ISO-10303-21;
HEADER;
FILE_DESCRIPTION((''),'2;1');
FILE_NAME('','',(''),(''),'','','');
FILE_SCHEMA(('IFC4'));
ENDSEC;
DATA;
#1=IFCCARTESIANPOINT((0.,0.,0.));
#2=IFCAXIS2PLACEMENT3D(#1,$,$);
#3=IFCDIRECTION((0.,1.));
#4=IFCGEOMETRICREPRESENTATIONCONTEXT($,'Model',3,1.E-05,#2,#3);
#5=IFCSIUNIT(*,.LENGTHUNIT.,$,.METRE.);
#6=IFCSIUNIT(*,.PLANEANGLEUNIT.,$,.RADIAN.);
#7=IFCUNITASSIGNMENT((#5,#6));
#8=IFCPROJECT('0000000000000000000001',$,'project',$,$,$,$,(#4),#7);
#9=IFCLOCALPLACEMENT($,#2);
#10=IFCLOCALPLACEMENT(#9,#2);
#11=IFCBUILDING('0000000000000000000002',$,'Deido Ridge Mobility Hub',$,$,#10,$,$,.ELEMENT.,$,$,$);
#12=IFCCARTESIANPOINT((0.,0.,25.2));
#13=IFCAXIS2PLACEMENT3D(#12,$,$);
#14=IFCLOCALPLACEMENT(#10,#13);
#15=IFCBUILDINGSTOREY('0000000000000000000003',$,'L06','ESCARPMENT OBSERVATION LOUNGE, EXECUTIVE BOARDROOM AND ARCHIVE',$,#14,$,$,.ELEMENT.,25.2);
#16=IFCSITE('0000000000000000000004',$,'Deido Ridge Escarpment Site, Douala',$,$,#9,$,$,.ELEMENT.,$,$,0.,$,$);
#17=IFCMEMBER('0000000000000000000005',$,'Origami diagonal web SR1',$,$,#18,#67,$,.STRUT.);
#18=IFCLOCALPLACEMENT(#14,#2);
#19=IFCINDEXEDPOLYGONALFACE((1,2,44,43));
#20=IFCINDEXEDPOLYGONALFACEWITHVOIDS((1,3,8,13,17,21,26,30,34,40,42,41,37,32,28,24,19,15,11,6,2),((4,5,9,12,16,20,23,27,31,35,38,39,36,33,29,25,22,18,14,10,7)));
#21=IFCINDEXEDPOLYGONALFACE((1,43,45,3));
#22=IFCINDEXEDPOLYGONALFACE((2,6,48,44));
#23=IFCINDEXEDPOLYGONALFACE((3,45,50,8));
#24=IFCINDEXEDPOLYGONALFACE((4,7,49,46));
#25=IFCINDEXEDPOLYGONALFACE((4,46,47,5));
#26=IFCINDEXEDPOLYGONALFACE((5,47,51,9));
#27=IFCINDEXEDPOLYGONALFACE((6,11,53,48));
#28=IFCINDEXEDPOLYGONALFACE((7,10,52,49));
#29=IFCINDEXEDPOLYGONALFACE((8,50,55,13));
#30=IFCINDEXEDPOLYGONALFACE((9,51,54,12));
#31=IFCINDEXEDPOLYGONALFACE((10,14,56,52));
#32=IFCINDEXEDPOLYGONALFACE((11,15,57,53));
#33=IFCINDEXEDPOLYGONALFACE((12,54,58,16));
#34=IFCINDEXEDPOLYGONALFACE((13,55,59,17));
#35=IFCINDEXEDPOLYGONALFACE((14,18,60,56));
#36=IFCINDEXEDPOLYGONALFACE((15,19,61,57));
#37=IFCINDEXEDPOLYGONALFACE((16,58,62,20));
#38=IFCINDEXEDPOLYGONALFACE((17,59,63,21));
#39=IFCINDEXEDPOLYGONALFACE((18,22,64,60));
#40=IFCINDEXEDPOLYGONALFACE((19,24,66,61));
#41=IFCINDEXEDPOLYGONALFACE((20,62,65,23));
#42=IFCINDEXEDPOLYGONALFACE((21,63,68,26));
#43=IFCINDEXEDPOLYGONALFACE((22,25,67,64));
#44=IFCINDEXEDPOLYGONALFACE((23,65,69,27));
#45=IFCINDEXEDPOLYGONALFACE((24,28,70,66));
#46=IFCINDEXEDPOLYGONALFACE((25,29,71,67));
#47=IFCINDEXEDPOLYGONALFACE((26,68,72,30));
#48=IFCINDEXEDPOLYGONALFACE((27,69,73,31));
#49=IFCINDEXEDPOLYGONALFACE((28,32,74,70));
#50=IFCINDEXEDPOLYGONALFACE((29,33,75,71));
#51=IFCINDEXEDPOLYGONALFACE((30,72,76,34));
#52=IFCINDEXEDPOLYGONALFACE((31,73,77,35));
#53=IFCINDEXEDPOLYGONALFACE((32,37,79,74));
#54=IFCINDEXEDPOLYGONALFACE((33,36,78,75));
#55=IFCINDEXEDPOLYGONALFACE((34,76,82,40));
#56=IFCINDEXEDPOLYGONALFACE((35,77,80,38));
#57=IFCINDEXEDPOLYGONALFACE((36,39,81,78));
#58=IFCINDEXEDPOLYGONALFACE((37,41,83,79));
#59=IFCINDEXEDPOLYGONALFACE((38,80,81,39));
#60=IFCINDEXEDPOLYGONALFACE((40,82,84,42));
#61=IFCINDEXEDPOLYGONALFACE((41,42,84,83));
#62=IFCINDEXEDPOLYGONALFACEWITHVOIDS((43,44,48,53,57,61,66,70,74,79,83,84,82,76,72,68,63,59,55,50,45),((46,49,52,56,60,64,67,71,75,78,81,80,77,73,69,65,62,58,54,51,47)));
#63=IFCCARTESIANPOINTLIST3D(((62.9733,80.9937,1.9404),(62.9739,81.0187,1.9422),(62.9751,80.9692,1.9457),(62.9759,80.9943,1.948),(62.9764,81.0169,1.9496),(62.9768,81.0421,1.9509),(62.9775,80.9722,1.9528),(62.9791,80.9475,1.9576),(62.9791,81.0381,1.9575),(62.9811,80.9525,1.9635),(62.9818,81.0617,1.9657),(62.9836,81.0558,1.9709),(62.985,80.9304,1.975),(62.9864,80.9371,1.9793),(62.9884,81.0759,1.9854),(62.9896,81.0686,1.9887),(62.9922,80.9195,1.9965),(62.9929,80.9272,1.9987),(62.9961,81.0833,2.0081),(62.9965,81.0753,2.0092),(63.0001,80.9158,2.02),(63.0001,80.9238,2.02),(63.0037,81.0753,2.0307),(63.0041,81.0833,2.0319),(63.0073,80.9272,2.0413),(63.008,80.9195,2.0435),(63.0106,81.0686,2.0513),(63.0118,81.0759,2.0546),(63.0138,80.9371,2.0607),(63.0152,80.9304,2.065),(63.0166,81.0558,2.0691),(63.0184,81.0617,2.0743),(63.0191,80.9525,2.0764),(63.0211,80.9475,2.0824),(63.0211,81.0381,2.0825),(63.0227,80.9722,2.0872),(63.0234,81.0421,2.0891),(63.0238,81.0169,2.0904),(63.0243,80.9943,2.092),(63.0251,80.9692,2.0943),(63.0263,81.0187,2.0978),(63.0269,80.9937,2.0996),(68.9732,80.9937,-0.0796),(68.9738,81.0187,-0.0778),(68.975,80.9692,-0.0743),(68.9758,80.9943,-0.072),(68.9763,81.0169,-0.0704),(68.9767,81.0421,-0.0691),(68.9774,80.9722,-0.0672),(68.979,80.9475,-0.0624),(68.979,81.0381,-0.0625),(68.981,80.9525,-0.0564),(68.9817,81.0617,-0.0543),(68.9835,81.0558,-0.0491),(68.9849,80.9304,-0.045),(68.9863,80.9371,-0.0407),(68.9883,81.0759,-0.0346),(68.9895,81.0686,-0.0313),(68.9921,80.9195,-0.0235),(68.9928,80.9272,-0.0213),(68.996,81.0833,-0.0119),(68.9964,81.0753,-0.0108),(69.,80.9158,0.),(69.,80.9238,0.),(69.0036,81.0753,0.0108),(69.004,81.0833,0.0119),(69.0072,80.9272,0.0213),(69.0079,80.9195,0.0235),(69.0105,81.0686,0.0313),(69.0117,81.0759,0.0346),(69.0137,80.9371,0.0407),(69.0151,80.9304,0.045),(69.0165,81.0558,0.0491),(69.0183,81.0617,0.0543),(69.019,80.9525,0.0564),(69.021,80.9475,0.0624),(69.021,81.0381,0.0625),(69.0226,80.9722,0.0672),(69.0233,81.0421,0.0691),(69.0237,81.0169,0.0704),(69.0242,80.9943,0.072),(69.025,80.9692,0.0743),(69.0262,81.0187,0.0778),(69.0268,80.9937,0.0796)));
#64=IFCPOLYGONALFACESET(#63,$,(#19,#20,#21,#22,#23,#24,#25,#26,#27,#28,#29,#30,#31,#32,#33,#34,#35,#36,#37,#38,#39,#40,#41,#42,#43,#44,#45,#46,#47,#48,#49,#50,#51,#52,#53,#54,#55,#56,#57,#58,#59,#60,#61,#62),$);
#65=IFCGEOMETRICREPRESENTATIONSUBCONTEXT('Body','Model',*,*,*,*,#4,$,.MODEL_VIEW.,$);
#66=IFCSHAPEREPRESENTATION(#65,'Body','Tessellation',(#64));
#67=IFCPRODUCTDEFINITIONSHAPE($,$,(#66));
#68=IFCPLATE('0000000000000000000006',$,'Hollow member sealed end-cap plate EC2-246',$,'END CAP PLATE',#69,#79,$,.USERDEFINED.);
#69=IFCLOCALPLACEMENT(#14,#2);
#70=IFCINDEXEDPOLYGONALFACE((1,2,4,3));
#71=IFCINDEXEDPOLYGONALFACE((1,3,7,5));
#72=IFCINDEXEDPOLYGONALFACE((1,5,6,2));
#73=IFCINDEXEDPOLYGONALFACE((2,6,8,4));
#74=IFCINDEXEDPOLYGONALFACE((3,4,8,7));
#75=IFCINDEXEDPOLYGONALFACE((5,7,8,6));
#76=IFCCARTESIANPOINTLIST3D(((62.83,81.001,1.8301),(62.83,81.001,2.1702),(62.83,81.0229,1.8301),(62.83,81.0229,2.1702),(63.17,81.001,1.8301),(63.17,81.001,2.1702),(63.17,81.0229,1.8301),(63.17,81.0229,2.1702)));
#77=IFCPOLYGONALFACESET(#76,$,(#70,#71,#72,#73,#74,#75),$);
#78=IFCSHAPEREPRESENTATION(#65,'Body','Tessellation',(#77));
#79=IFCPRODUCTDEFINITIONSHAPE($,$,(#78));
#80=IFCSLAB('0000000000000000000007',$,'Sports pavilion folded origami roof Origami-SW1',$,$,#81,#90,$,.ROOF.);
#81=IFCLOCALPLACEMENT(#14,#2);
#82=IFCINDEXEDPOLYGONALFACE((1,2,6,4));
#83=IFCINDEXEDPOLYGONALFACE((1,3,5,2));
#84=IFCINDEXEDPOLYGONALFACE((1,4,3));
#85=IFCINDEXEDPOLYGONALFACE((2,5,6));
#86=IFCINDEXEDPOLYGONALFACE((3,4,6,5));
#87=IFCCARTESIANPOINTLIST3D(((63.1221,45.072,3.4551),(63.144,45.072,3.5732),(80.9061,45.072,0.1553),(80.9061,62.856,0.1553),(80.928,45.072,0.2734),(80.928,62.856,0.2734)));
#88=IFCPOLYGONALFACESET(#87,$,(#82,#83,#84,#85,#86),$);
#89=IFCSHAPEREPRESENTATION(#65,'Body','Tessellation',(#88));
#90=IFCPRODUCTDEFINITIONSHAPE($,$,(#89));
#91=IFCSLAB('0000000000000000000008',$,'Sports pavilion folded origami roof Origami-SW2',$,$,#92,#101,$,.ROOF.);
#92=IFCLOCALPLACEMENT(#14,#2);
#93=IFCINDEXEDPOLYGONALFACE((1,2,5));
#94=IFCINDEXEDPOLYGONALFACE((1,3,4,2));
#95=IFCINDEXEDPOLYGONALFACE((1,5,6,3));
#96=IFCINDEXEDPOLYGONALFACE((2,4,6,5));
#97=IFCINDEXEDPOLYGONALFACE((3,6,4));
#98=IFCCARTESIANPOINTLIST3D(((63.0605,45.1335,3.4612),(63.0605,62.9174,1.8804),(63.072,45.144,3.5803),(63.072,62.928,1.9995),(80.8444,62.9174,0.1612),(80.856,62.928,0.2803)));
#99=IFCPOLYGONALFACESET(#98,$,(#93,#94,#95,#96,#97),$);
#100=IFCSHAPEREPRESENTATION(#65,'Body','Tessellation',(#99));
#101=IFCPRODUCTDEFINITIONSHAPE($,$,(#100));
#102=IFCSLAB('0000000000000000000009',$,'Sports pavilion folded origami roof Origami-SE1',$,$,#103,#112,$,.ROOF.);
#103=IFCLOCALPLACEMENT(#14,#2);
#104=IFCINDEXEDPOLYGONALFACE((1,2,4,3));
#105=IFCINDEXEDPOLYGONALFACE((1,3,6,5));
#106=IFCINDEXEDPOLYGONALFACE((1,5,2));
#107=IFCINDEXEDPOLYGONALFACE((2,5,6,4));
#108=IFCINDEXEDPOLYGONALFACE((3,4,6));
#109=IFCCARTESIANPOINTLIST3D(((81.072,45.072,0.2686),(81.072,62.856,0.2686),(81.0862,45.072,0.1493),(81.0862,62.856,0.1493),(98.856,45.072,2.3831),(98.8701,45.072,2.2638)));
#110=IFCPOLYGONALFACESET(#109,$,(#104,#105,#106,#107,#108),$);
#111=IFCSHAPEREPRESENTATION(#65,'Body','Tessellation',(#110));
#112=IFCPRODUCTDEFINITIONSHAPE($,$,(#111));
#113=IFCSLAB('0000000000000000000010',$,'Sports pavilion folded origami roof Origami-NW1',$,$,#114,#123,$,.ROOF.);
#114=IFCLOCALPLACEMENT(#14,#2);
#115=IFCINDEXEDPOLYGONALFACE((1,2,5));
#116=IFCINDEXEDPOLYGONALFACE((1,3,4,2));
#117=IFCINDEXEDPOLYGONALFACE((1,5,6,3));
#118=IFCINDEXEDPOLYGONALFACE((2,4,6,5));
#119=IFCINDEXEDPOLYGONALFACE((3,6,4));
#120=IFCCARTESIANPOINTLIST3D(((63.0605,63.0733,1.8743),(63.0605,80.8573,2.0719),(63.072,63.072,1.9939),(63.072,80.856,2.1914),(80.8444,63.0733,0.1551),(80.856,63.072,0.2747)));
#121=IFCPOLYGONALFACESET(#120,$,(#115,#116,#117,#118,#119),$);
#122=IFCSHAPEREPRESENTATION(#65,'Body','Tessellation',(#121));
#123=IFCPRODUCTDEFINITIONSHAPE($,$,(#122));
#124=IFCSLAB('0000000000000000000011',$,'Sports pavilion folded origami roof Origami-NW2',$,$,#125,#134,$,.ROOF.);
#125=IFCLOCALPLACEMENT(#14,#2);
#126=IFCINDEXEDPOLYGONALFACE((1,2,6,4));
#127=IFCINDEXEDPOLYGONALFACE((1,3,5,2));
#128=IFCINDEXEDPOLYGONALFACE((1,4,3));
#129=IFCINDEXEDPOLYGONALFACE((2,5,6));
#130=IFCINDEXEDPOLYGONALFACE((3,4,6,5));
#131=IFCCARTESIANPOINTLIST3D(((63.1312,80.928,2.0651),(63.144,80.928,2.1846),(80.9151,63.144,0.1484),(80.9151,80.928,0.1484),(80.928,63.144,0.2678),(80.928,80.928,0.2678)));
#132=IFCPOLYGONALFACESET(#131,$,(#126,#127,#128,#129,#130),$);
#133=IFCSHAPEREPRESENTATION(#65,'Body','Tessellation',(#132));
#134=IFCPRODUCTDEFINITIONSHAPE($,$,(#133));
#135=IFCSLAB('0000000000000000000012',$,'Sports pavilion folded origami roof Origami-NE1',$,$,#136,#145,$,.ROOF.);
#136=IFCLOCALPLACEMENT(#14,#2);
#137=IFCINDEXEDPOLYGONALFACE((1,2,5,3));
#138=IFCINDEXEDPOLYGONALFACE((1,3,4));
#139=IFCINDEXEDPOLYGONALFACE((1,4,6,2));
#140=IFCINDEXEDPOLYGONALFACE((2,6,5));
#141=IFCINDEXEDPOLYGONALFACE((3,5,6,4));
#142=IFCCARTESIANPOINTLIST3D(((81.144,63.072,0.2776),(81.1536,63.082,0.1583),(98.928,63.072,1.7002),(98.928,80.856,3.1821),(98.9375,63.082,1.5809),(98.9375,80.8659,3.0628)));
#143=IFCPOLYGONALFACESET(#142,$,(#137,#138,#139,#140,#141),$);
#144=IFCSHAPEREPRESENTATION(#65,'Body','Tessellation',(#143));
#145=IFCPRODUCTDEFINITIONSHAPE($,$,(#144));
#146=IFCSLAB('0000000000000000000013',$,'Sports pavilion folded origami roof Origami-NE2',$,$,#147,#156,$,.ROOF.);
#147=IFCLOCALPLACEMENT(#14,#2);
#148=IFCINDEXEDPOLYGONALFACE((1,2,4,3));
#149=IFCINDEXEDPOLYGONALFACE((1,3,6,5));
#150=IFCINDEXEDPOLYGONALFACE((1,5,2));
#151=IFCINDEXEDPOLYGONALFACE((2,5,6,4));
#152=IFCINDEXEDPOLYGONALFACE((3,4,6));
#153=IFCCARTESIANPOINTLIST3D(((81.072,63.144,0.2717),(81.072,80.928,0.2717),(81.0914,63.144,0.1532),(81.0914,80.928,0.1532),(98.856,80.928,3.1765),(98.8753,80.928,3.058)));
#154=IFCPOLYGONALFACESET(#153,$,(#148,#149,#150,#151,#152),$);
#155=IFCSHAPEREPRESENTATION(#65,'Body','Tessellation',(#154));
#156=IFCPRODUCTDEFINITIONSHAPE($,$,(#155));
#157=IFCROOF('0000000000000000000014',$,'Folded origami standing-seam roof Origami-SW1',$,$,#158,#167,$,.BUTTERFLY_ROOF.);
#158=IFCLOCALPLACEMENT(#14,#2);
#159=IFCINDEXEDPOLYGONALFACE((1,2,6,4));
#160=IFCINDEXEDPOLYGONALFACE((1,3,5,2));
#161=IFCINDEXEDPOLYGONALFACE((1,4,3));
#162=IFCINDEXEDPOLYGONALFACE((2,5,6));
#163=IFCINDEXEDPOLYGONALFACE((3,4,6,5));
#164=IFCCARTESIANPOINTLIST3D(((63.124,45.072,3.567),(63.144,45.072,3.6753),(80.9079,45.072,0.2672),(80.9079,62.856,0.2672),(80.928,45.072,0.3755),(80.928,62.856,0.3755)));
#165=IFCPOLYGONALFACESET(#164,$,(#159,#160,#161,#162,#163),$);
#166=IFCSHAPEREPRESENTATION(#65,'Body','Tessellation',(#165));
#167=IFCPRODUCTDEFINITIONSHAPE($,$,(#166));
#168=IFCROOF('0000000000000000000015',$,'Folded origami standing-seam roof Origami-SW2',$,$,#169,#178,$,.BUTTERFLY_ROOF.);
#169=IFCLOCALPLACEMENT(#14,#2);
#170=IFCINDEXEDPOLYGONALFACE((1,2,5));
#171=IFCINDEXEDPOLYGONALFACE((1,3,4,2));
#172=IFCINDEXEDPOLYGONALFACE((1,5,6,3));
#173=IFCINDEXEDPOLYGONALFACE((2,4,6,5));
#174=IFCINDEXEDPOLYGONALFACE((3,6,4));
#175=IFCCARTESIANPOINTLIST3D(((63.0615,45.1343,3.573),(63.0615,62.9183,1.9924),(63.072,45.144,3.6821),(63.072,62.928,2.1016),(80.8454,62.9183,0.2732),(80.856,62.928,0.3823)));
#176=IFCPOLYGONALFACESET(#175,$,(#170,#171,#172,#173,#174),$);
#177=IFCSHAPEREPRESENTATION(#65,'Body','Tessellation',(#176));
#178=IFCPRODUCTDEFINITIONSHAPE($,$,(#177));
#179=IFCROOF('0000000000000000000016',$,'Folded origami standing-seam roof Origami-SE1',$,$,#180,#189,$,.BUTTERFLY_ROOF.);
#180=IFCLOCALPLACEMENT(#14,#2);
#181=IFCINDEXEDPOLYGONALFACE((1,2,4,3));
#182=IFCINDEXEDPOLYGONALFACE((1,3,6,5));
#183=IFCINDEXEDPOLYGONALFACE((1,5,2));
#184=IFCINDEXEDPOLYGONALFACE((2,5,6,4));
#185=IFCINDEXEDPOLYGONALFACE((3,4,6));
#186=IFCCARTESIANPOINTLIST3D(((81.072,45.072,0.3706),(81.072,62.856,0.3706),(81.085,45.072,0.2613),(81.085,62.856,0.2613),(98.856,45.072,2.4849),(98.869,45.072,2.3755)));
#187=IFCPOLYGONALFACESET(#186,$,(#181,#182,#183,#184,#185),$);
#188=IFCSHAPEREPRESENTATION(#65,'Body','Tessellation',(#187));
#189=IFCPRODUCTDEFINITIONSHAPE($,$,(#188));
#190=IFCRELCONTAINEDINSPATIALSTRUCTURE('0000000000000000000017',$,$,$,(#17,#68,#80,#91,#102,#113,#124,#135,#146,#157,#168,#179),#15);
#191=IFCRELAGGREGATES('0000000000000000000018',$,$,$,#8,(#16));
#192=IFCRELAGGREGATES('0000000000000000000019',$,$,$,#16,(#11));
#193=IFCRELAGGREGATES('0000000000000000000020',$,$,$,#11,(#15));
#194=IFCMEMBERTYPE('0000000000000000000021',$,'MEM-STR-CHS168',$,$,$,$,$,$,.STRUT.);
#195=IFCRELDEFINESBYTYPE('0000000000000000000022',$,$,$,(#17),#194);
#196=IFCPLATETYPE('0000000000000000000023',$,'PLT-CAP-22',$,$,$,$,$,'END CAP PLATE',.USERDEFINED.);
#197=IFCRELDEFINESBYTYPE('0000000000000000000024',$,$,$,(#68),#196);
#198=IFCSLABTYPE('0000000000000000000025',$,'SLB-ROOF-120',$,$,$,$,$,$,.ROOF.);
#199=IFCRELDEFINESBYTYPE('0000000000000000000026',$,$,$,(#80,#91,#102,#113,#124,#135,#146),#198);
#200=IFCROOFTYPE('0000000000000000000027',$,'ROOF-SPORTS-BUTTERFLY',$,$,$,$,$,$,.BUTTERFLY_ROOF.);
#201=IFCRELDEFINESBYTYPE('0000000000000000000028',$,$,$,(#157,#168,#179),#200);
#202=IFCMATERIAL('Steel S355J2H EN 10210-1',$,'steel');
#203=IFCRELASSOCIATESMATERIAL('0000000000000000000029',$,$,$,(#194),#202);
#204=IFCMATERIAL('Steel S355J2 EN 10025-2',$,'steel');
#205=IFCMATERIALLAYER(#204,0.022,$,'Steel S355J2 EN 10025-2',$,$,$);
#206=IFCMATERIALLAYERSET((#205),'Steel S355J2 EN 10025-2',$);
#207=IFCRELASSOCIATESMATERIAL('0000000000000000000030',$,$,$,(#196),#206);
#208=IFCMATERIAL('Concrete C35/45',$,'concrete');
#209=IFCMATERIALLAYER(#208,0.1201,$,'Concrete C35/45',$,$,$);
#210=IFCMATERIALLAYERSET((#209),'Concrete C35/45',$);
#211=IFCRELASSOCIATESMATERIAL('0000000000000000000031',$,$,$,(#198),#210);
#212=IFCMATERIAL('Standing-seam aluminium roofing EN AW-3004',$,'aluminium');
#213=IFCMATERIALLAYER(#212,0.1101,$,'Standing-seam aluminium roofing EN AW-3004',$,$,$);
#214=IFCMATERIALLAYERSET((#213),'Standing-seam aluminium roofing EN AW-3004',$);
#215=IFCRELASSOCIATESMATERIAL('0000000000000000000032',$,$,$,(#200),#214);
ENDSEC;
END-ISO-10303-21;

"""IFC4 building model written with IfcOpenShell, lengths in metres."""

from ifc_helpers import new_model, si_unit, direction, frame, origin, origin_2d, place, context, subcontext, project, spatial, polyline, rectangle, hollow_circle, outline, extrude, material, layer, layer_set, material_profile, profile_set, type_object, element, save


model = new_model("IFC4")

# Units and contexts
model_context = context("Model", 3, precision=1e-05, world=origin(), true_north=direction((0.0, 1.0)))
body_context = subcontext(model_context, "Body", "Model", "MODEL_VIEW")
ifc_project = project(units=[si_unit("LENGTHUNIT", "METRE"), si_unit("PLANEANGLEUNIT", "RADIAN")], contexts=[model_context])

# Site, building, storey
site_placement = place(None, origin())
site = spatial("IfcSite", under=ifc_project, at=site_placement, Name="Deido Ridge Escarpment Site, Douala", CompositionType="ELEMENT", RefElevation=0.0)
building_placement = place(site_placement, origin())
building = spatial("IfcBuilding", under=site, at=building_placement, Name="Deido Ridge Mobility Hub", CompositionType="ELEMENT")
storey_placement = place(building_placement, frame((0.0, 0.0, 25.2)))
storey = spatial("IfcBuildingStorey", under=building, at=storey_placement, Name="L06", Description="ESCARPMENT OBSERVATION LOUNGE, EXECUTIVE BOARDROOM AND ARCHIVE", CompositionType="ELEMENT", Elevation=25.2)

# Member
ifc_material_1 = material(Name="Steel S355J2H EN 10210-1", Category="steel")
ifc_material_profile_1 = material_profile(ifc_material_1, hollow_circle(Radius=0.0842, WallThickness=0.0081, at=origin_2d()), Name="CHS 168.3x8")
ifc_profile_set_1 = profile_set([ifc_material_profile_1], Name="Steel S355J2H EN 10210-1")
member_type_1 = type_object("IfcMemberType", Name="MEM-STR-CHS168", PredefinedType="STRUT", material=ifc_profile_set_1)
member_1_placement = place(storey_placement, frame((69.0, 81.0, 0.0), z_axis=(-0.94773, 0.0, 0.319072), x_axis=(0.0, -1.0, 0.0)))
element("IfcMember", 1, at=member_1_placement, inside=storey, type_object=member_type_1, Name="Origami diagonal web SR1", PredefinedType="STRUT", context=body_context, shape_type="SweptSolid", body=[
    extrude(hollow_circle(Radius=0.0842, WallThickness=0.0081, at=origin_2d()), origin(), (0.0, 0.0, 1.0), 6.3308),
])

# Plate
ifc_material_2 = material(Name="Steel S355J2 EN 10025-2", Category="steel")
ifc_layer_1 = layer(ifc_material_2, 0.022, Name="Steel S355J2 EN 10025-2")
ifc_layer_set_1 = layer_set([ifc_layer_1], Name="Steel S355J2 EN 10025-2")
plate_type = type_object("IfcPlateType", Name="PLT-CAP-22", ElementType="END CAP PLATE", PredefinedType="USERDEFINED", material=ifc_layer_set_1)
plate_placement = place(storey_placement, frame((63.0, 81.012, 1.8301), z_axis=(0.0, 0.0, 1.0), x_axis=(1.0, 0.0, 0.0)))
element("IfcPlate", 2, at=plate_placement, inside=storey, type_object=plate_type, Name="Hollow member sealed end-cap plate EC2-246", ObjectType="END CAP PLATE", PredefinedType="USERDEFINED", context=body_context, shape_type="SweptSolid", body=[
    extrude(rectangle(XDim=0.3401, YDim=0.022, at=origin_2d()), origin(), (0.0, 0.0, 1.0), 0.3401),
])

# Slabs
ifc_material_3 = material(Name="Concrete C35/45", Category="concrete")
ifc_layer_2 = layer(ifc_material_3, 0.1201, Name="Concrete C35/45")
ifc_layer_set_2 = layer_set([ifc_layer_2], Name="Concrete C35/45")
slab_type = type_object("IfcSlabType", Name="SLB-ROOF-120", PredefinedType="ROOF", material=ifc_layer_set_2)
slab_1_placement = place(storey_placement, frame((63.144, 45.072, 3.5732), z_axis=(0.182436, 0.0, 0.983218), x_axis=(0.983218, 0.0, -0.182436)))
element("IfcSlab", 3, at=slab_1_placement, inside=storey, type_object=slab_type, Name="Sports pavilion folded origami roof Origami-SW1", PredefinedType="ROOF", context=body_context, shape_type="SweptSolid", body=[
    extrude(outline(polyline([(0.0, 0.0), (18.0875, 0.0), (18.0875, 17.7839), (0.0, 0.0)])), origin(), (0.0, 0.0, -1.0), 0.1201),
])
slab_2_placement = place(storey_placement, frame((63.072, 45.144, 3.5803), z_axis=(0.095851, 0.088133, 0.991486), x_axis=(0.701097, 0.701097, -0.130098)))
element("IfcSlab", 4, at=slab_2_placement, inside=storey, type_object=slab_type, Name="Sports pavilion folded origami roof Origami-SW2", PredefinedType="ROOF", context=body_context, shape_type="SweptSolid", body=[
    extrude(outline(polyline([(0.0, 0.0), (25.3659, 0.0), (12.6739, 12.5753), (0.0, 0.0)])), origin(), (0.0, 0.0, -1.0), 0.1201),
])
slab_3_placement = place(storey_placement, frame((81.072, 45.072, 0.2686), z_axis=(-0.118068, 0.0, 0.993006), x_axis=(0.993006, 0.0, 0.118068)))
element("IfcSlab", 5, at=slab_3_placement, inside=storey, type_object=slab_type, Name="Sports pavilion folded origami roof Origami-SE1", PredefinedType="ROOF", context=body_context, shape_type="SweptSolid", body=[
    extrude(outline(polyline([(0.0, 0.0), (17.9092, 0.0), (0.0, 17.7839), (0.0, 0.0)])), origin(), (0.0, 0.0, -1.0), 0.1201),
])
slab_4_placement = place(storey_placement, frame((63.072, 63.072, 1.9939), z_axis=(0.096219, -0.011054, 0.995299), x_axis=(0.99536, 0.0, -0.096225)))
element("IfcSlab", 6, at=slab_4_placement, inside=storey, type_object=slab_type, Name="Sports pavilion folded origami roof Origami-NW1", PredefinedType="ROOF", context=body_context, shape_type="SweptSolid", body=[
    extrude(outline(polyline([(0.0, 0.0), (17.8668, 0.0), (-0.019, 17.785), (0.0, 0.0)])), origin(), (0.0, 0.0, -1.0), 0.1201),
])
slab_5_placement = place(storey_placement, frame((63.144, 80.928, 2.1846), z_axis=(0.107159, 0.0, 0.994242), x_axis=(0.705062, -0.705062, -0.075991)))
element("IfcSlab", 7, at=slab_5_placement, inside=storey, type_object=slab_type, Name="Sports pavilion folded origami roof Origami-NW2", PredefinedType="ROOF", context=body_context, shape_type="SweptSolid", body=[
    extrude(outline(polyline([(0.0, 0.0), (25.2232, 0.0), (12.6844, 12.6114), (0.0, 0.0)])), origin(), (0.0, 0.0, -1.0), 0.1201),
])
slab_6_placement = place(storey_placement, frame((81.144, 63.072, 0.2776), z_axis=(-0.079466, -0.082779, 0.993395), x_axis=(0.996816, 0.0, 0.079739)))
element("IfcSlab", 8, at=slab_6_placement, inside=storey, type_object=slab_type, Name="Sports pavilion folded origami roof Origami-NE1", PredefinedType="ROOF", context=body_context, shape_type="SweptSolid", body=[
    extrude(outline(polyline([(0.0, 0.0), (17.8407, 0.0), (17.9589, 17.8452), (0.0, 0.0)])), origin(), (0.0, 0.0, -1.0), 0.1201),
])
slab_7_placement = place(storey_placement, frame((81.072, 63.144, 0.2717), z_axis=(-0.161201, 0.0, 0.986922), x_axis=(0.702437, 0.702437, 0.114734)))
element("IfcSlab", 9, at=slab_7_placement, inside=storey, type_object=slab_type, Name="Sports pavilion folded origami roof Origami-NE2", PredefinedType="ROOF", context=body_context, shape_type="SweptSolid", body=[
    extrude(outline(polyline([(0.0, 0.0), (25.3175, 0.0), (12.4921, 12.6576), (0.0, 0.0)])), origin(), (0.0, 0.0, -1.0), 0.1201),
])

# Roofs
ifc_material_4 = material(Name="Standing-seam aluminium roofing EN AW-3004", Category="aluminium")
ifc_layer_3 = layer(ifc_material_4, 0.1101, Name="Standing-seam aluminium roofing EN AW-3004")
ifc_layer_set_3 = layer_set([ifc_layer_3], Name="Standing-seam aluminium roofing EN AW-3004")
roof_type = type_object("IfcRoofType", Name="ROOF-SPORTS-BUTTERFLY", PredefinedType="BUTTERFLY_ROOF", material=ifc_layer_set_3)
roof_1_placement = place(storey_placement, frame((63.144, 45.072, 3.6753), z_axis=(0.182436, 0.0, 0.983218), x_axis=(0.983218, 0.0, -0.182436)))
element("IfcRoof", 10, at=roof_1_placement, inside=storey, type_object=roof_type, Name="Folded origami standing-seam roof Origami-SW1", PredefinedType="BUTTERFLY_ROOF", context=body_context, shape_type="SweptSolid", body=[
    extrude(outline(polyline([(0.0, 0.0), (18.0875, 0.0), (18.0875, 17.7839), (0.0, 0.0)])), origin(), (0.0, 0.0, -1.0), 0.1101),
])
roof_2_placement = place(storey_placement, frame((63.072, 45.144, 3.6821), z_axis=(0.095851, 0.08812, 0.991488), x_axis=(0.701098, 0.701098, -0.130089)))
element("IfcRoof", 11, at=roof_2_placement, inside=storey, type_object=roof_type, Name="Folded origami standing-seam roof Origami-SW2", PredefinedType="BUTTERFLY_ROOF", context=body_context, shape_type="SweptSolid", body=[
    extrude(outline(polyline([(0.0, 0.0), (25.3658, 0.0), (12.6739, 12.5753), (0.0, 0.0)])), origin(), (0.0, 0.0, -1.0), 0.1101),
])
roof_3_placement = place(storey_placement, frame((81.072, 45.072, 0.3706), z_axis=(-0.118054, 0.0, 0.993007), x_axis=(0.993007, 0.0, 0.118054)))
element("IfcRoof", 12, at=roof_3_placement, inside=storey, type_object=roof_type, Name="Folded origami standing-seam roof Origami-SE1", PredefinedType="BUTTERFLY_ROOF", context=body_context, shape_type="SweptSolid", body=[
    extrude(outline(polyline([(0.0, 0.0), (17.9092, 0.0), (0.0, 17.7839), (0.0, 0.0)])), origin(), (0.0, 0.0, -1.0), 0.1101),
])

save(model, "model.ifc")
